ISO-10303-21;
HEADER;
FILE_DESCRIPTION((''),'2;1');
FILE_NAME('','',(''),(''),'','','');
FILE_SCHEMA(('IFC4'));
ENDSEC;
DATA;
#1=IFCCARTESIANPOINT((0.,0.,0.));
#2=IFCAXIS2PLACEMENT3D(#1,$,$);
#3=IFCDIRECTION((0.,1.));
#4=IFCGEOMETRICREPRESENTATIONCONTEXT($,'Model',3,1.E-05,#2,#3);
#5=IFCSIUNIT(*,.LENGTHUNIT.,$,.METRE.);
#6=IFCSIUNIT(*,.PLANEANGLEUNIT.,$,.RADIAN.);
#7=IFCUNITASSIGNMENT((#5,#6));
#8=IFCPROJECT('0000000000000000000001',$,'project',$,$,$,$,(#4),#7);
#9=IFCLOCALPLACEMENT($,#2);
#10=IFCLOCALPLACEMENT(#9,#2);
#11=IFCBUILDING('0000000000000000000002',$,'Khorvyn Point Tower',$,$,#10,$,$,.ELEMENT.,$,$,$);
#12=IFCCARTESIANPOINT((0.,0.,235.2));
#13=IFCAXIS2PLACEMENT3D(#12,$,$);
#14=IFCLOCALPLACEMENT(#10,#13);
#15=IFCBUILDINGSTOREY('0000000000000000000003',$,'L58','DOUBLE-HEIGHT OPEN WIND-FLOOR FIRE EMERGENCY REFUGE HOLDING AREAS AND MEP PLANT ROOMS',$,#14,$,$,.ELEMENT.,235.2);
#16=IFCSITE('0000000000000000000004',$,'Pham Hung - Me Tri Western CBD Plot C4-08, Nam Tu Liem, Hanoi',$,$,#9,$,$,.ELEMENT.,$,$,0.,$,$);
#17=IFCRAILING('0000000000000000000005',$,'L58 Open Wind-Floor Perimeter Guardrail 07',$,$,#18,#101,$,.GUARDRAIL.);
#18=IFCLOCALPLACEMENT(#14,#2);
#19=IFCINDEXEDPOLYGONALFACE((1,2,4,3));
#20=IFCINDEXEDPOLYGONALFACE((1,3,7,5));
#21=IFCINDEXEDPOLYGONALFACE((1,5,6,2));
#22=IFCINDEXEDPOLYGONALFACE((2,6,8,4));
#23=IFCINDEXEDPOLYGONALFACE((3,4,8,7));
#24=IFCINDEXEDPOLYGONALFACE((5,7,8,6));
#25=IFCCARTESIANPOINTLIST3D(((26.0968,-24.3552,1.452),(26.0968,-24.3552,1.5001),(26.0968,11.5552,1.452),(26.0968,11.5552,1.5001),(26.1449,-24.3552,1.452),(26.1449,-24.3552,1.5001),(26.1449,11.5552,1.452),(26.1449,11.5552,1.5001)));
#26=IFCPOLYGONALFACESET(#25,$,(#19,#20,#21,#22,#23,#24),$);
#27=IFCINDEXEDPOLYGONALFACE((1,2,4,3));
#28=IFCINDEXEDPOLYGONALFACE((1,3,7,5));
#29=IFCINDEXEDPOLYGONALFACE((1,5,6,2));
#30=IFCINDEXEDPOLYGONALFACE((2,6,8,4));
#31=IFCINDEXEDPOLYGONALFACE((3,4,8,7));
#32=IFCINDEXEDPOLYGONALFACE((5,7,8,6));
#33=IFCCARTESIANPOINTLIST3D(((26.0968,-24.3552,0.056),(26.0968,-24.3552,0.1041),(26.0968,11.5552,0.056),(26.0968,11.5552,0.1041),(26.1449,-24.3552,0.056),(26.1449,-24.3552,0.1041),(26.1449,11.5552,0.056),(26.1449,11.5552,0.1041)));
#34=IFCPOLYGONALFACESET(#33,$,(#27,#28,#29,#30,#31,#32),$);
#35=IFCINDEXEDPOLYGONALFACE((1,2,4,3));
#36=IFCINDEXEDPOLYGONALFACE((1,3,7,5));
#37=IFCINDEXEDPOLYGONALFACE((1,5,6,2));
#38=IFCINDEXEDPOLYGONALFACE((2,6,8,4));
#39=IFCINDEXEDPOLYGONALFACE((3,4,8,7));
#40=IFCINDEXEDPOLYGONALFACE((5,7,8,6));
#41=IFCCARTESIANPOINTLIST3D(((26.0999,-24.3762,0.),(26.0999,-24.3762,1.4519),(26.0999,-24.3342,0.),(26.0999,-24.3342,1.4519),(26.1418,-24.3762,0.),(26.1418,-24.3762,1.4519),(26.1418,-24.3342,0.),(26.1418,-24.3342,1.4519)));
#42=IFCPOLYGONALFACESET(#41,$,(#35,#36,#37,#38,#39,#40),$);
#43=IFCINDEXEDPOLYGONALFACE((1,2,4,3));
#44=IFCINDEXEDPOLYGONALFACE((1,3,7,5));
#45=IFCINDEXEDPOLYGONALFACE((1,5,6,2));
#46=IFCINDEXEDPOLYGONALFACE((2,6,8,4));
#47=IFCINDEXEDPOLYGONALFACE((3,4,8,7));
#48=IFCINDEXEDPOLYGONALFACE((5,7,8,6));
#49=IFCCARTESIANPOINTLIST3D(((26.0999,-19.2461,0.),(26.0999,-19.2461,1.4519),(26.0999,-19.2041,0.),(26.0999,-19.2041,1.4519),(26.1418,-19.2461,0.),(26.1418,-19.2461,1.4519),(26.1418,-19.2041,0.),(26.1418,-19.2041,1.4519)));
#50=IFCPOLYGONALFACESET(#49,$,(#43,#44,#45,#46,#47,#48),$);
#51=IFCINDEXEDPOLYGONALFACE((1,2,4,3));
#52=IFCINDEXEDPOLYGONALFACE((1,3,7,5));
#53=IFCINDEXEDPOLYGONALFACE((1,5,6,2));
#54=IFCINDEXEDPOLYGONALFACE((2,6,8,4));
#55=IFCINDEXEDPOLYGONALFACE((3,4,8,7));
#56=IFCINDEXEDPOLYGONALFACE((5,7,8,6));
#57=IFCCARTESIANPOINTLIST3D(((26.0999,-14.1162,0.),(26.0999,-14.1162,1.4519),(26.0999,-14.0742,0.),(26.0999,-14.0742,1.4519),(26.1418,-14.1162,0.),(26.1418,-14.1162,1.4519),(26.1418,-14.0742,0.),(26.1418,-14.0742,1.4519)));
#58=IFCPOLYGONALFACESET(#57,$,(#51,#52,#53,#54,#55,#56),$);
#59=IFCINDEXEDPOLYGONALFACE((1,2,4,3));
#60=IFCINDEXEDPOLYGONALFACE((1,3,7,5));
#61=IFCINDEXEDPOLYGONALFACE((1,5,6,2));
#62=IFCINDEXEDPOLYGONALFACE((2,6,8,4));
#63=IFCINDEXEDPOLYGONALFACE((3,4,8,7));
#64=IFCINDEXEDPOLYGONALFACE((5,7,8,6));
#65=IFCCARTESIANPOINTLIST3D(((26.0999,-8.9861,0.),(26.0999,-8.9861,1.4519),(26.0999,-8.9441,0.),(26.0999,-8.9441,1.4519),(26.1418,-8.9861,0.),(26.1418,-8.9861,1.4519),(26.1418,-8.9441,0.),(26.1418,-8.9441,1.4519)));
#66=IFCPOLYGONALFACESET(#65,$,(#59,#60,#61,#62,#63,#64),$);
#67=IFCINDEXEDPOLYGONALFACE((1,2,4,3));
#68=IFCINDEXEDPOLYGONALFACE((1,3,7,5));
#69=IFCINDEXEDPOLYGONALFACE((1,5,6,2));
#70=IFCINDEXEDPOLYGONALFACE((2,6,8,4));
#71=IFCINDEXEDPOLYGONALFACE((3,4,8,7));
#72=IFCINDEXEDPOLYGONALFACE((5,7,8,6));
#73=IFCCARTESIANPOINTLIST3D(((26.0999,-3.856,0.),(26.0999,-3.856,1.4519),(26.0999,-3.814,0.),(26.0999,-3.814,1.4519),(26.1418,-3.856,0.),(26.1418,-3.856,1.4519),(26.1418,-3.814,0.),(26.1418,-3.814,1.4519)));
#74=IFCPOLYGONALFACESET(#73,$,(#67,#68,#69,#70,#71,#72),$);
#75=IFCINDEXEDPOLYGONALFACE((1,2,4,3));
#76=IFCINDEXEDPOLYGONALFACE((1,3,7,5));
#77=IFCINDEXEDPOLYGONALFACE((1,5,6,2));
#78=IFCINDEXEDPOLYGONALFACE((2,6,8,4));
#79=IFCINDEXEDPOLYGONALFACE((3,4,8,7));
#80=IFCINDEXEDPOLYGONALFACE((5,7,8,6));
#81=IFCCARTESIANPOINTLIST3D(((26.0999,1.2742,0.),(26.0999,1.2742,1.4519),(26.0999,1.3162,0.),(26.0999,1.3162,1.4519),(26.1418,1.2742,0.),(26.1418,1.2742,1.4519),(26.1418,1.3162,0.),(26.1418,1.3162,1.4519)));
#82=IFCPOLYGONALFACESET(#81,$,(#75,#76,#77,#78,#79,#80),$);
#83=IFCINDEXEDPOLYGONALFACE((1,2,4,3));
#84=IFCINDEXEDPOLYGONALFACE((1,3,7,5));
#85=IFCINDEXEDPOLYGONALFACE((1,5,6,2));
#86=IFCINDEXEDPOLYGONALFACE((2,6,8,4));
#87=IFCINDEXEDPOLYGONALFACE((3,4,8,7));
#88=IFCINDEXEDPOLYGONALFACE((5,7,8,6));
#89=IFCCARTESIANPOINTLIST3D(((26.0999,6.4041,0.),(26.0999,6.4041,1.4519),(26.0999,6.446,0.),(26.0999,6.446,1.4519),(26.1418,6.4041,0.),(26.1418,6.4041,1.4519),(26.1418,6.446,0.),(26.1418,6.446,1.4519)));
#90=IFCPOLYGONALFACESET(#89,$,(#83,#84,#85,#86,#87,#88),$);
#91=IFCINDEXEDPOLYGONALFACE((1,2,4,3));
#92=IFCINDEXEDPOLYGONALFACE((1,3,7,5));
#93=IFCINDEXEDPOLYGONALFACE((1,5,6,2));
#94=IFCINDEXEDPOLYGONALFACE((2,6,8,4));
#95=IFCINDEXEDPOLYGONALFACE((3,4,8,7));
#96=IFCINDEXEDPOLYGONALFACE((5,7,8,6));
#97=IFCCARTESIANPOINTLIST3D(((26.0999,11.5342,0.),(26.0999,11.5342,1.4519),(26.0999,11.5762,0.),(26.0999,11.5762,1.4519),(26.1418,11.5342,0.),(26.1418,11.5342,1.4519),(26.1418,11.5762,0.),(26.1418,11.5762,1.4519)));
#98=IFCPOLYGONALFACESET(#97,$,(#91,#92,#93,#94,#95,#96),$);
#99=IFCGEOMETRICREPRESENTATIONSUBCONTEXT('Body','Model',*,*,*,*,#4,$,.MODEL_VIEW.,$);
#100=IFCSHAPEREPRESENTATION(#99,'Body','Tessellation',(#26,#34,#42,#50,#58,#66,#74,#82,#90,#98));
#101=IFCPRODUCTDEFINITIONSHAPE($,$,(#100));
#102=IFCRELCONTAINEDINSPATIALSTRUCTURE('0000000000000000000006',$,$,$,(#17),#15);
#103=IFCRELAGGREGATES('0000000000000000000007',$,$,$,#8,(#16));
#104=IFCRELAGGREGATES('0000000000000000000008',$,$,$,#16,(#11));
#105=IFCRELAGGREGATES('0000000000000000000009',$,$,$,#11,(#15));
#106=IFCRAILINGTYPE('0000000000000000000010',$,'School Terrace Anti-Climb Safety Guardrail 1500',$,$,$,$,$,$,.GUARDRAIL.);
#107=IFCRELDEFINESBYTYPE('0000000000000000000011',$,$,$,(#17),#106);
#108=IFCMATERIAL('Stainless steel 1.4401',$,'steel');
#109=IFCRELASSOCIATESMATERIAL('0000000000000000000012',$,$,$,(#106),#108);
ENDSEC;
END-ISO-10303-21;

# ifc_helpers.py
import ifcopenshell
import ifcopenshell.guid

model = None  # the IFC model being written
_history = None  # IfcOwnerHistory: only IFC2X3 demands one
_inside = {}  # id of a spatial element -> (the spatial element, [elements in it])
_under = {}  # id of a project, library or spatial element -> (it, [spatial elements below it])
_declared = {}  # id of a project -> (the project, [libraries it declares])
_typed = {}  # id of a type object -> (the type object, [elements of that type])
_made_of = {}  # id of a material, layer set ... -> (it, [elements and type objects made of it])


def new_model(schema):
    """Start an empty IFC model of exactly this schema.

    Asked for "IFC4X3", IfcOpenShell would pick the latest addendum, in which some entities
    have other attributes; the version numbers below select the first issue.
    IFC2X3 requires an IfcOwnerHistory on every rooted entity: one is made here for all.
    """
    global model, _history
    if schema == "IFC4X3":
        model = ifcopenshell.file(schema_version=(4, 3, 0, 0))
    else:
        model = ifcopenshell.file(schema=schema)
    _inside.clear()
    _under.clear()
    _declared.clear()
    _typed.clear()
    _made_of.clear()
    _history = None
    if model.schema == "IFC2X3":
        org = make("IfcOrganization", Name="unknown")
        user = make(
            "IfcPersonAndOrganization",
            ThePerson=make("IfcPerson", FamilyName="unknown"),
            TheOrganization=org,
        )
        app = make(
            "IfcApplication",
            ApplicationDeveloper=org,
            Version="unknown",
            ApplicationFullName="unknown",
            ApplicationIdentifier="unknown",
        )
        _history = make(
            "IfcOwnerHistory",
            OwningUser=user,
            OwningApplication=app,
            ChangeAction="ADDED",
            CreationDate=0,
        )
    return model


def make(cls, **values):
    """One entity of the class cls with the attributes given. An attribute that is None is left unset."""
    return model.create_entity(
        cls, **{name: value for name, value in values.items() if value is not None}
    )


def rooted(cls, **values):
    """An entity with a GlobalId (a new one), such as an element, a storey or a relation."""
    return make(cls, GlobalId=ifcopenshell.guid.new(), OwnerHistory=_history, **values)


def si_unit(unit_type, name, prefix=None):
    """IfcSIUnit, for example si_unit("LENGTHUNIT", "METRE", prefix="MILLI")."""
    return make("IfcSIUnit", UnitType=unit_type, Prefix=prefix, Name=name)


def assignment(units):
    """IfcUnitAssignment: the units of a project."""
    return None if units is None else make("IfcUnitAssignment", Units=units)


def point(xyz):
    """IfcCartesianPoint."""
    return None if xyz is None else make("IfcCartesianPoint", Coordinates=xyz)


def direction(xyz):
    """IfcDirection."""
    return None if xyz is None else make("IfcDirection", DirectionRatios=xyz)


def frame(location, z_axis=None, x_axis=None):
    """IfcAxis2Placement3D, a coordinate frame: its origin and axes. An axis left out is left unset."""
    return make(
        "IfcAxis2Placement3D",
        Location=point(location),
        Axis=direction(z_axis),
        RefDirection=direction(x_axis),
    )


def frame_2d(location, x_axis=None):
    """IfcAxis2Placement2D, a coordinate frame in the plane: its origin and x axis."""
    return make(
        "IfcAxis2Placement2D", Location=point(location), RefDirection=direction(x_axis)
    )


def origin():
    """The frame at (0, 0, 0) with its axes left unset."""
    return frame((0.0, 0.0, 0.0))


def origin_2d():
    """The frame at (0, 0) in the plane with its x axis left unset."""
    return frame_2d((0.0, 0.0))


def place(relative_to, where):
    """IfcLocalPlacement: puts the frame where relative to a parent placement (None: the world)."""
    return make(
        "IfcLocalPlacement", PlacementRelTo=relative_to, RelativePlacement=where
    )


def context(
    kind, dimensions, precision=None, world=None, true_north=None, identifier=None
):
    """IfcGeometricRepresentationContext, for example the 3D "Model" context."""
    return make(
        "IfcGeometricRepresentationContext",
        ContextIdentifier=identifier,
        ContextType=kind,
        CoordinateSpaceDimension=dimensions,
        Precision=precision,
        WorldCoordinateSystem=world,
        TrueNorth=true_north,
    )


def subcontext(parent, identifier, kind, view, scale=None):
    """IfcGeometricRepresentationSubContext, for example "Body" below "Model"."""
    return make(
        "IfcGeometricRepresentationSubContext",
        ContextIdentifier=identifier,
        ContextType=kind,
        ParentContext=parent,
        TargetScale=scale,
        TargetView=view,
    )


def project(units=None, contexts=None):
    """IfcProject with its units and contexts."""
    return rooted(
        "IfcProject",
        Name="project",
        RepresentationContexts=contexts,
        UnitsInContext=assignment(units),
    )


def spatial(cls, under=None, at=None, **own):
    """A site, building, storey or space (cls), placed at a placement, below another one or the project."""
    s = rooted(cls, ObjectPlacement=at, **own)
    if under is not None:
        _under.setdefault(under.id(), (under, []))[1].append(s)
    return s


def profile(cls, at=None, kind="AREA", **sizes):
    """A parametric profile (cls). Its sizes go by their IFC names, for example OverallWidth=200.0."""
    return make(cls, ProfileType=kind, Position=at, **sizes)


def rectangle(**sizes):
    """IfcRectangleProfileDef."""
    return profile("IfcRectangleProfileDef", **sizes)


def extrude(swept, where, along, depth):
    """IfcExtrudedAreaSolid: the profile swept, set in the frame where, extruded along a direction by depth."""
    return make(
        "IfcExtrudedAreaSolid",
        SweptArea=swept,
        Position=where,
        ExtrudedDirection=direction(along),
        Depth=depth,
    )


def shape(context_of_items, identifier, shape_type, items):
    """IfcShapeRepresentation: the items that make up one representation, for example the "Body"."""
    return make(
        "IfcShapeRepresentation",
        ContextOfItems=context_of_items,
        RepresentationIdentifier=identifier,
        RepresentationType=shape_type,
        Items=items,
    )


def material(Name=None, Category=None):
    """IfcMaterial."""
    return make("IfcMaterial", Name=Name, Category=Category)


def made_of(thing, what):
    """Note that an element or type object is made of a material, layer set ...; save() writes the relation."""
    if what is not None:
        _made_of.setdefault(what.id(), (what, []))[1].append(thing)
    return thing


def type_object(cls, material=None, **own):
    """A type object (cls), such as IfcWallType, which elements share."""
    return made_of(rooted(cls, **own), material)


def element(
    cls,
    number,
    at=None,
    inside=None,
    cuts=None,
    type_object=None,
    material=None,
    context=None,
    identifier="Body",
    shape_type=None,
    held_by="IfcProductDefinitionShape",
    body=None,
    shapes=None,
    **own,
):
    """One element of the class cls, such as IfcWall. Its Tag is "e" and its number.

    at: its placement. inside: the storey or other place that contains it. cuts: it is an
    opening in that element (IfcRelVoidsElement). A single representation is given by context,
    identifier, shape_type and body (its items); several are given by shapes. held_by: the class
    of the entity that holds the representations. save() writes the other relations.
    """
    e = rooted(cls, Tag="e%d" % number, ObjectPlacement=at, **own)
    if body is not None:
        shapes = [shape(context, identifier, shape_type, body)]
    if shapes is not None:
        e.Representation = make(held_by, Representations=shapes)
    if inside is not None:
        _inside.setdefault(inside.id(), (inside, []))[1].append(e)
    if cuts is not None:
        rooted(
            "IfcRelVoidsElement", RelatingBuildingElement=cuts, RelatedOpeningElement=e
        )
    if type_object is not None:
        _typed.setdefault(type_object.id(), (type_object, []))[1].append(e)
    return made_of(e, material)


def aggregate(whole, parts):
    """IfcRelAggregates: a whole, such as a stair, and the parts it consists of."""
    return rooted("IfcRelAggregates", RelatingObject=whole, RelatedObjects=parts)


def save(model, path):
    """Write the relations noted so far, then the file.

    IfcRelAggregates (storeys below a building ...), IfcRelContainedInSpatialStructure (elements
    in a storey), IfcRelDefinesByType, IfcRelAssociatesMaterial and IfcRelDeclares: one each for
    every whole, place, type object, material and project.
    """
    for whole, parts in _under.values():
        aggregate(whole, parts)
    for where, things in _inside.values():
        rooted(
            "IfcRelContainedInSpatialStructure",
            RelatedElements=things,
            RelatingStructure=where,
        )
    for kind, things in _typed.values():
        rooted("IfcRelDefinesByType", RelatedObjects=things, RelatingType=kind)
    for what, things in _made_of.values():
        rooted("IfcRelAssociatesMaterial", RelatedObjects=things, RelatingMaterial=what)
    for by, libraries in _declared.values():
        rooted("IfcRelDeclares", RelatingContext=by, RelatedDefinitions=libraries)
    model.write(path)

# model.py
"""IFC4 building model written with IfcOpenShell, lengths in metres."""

from ifc_helpers import new_model, si_unit, direction, frame, origin, origin_2d, place, context, subcontext, project, spatial, rectangle, extrude, material, type_object, element, save


model = new_model("IFC4")

# Units and contexts
model_context = context("Model", 3, precision=1e-05, world=origin(), true_north=direction((0.0, 1.0)))
body_context = subcontext(model_context, "Body", "Model", "MODEL_VIEW")
ifc_project = project(units=[si_unit("LENGTHUNIT", "METRE"), si_unit("PLANEANGLEUNIT", "RADIAN")], contexts=[model_context])

# Site, building, storey
site_placement = place(None, origin())
site = spatial("IfcSite", under=ifc_project, at=site_placement, Name="Pham Hung - Me Tri Western CBD Plot C4-08, Nam Tu Liem, Hanoi", CompositionType="ELEMENT", RefElevation=0.0)
building_placement = place(site_placement, origin())
building = spatial("IfcBuilding", under=site, at=building_placement, Name="Khorvyn Point Tower", CompositionType="ELEMENT")
storey_placement = place(building_placement, frame((0.0, 0.0, 235.2)))
storey = spatial("IfcBuildingStorey", under=building, at=storey_placement, Name="L58", Description="DOUBLE-HEIGHT OPEN WIND-FLOOR FIRE EMERGENCY REFUGE HOLDING AREAS AND MEP PLANT ROOMS", CompositionType="ELEMENT", Elevation=235.2)

# Railing
ifc_material_1 = material(Name="Stainless steel 1.4401", Category="steel")
railing_type = type_object("IfcRailingType", Name="School Terrace Anti-Climb Safety Guardrail 1500", PredefinedType="GUARDRAIL", material=ifc_material_1)
railing_1_placement = place(storey_placement, frame((26.1208, -24.3552, 0.0)))
element("IfcRailing", 1, at=railing_1_placement, inside=storey, type_object=railing_type, Name="L58 Open Wind-Floor Perimeter Guardrail 07", PredefinedType="GUARDRAIL", context=body_context, shape_type="SweptSolid", body=[
    extrude(rectangle(XDim=0.0481, YDim=0.0481, at=origin_2d()), frame((0.0, 0.0, 1.4761), z_axis=(0.0, 1.0, 0.0), x_axis=(-1.0, 0.0, 0.0)), (0.0, 0.0, 1.0), 35.9104),
    extrude(rectangle(XDim=0.0481, YDim=0.0481, at=origin_2d()), frame((0.0, 0.0, 0.0801), z_axis=(0.0, 1.0, 0.0), x_axis=(-1.0, 0.0, 0.0)), (0.0, 0.0, 1.0), 35.9104),
    extrude(rectangle(XDim=0.042, YDim=0.042, at=origin_2d()), origin(), (0.0, 0.0, 1.0), 1.4519),
    extrude(rectangle(XDim=0.042, YDim=0.042, at=origin_2d()), frame((0.0, 5.1301, 0.0)), (0.0, 0.0, 1.0), 1.4519),
    extrude(rectangle(XDim=0.042, YDim=0.042, at=origin_2d()), frame((0.0, 10.26, 0.0)), (0.0, 0.0, 1.0), 1.4519),
    extrude(rectangle(XDim=0.042, YDim=0.042, at=origin_2d()), frame((0.0, 15.3901, 0.0)), (0.0, 0.0, 1.0), 1.4519),
    extrude(rectangle(XDim=0.042, YDim=0.042, at=origin_2d()), frame((0.0, 20.5203, 0.0)), (0.0, 0.0, 1.0), 1.4519),
    extrude(rectangle(XDim=0.042, YDim=0.042, at=origin_2d()), frame((0.0, 25.6504, 0.0)), (0.0, 0.0, 1.0), 1.4519),
    extrude(rectangle(XDim=0.042, YDim=0.042, at=origin_2d()), frame((0.0, 30.7803, 0.0)), (0.0, 0.0, 1.0), 1.4519),
    extrude(rectangle(XDim=0.042, YDim=0.042, at=origin_2d()), frame((0.0, 35.9104, 0.0)), (0.0, 0.0, 1.0), 1.4519),
])

save(model, "model.ifc")
